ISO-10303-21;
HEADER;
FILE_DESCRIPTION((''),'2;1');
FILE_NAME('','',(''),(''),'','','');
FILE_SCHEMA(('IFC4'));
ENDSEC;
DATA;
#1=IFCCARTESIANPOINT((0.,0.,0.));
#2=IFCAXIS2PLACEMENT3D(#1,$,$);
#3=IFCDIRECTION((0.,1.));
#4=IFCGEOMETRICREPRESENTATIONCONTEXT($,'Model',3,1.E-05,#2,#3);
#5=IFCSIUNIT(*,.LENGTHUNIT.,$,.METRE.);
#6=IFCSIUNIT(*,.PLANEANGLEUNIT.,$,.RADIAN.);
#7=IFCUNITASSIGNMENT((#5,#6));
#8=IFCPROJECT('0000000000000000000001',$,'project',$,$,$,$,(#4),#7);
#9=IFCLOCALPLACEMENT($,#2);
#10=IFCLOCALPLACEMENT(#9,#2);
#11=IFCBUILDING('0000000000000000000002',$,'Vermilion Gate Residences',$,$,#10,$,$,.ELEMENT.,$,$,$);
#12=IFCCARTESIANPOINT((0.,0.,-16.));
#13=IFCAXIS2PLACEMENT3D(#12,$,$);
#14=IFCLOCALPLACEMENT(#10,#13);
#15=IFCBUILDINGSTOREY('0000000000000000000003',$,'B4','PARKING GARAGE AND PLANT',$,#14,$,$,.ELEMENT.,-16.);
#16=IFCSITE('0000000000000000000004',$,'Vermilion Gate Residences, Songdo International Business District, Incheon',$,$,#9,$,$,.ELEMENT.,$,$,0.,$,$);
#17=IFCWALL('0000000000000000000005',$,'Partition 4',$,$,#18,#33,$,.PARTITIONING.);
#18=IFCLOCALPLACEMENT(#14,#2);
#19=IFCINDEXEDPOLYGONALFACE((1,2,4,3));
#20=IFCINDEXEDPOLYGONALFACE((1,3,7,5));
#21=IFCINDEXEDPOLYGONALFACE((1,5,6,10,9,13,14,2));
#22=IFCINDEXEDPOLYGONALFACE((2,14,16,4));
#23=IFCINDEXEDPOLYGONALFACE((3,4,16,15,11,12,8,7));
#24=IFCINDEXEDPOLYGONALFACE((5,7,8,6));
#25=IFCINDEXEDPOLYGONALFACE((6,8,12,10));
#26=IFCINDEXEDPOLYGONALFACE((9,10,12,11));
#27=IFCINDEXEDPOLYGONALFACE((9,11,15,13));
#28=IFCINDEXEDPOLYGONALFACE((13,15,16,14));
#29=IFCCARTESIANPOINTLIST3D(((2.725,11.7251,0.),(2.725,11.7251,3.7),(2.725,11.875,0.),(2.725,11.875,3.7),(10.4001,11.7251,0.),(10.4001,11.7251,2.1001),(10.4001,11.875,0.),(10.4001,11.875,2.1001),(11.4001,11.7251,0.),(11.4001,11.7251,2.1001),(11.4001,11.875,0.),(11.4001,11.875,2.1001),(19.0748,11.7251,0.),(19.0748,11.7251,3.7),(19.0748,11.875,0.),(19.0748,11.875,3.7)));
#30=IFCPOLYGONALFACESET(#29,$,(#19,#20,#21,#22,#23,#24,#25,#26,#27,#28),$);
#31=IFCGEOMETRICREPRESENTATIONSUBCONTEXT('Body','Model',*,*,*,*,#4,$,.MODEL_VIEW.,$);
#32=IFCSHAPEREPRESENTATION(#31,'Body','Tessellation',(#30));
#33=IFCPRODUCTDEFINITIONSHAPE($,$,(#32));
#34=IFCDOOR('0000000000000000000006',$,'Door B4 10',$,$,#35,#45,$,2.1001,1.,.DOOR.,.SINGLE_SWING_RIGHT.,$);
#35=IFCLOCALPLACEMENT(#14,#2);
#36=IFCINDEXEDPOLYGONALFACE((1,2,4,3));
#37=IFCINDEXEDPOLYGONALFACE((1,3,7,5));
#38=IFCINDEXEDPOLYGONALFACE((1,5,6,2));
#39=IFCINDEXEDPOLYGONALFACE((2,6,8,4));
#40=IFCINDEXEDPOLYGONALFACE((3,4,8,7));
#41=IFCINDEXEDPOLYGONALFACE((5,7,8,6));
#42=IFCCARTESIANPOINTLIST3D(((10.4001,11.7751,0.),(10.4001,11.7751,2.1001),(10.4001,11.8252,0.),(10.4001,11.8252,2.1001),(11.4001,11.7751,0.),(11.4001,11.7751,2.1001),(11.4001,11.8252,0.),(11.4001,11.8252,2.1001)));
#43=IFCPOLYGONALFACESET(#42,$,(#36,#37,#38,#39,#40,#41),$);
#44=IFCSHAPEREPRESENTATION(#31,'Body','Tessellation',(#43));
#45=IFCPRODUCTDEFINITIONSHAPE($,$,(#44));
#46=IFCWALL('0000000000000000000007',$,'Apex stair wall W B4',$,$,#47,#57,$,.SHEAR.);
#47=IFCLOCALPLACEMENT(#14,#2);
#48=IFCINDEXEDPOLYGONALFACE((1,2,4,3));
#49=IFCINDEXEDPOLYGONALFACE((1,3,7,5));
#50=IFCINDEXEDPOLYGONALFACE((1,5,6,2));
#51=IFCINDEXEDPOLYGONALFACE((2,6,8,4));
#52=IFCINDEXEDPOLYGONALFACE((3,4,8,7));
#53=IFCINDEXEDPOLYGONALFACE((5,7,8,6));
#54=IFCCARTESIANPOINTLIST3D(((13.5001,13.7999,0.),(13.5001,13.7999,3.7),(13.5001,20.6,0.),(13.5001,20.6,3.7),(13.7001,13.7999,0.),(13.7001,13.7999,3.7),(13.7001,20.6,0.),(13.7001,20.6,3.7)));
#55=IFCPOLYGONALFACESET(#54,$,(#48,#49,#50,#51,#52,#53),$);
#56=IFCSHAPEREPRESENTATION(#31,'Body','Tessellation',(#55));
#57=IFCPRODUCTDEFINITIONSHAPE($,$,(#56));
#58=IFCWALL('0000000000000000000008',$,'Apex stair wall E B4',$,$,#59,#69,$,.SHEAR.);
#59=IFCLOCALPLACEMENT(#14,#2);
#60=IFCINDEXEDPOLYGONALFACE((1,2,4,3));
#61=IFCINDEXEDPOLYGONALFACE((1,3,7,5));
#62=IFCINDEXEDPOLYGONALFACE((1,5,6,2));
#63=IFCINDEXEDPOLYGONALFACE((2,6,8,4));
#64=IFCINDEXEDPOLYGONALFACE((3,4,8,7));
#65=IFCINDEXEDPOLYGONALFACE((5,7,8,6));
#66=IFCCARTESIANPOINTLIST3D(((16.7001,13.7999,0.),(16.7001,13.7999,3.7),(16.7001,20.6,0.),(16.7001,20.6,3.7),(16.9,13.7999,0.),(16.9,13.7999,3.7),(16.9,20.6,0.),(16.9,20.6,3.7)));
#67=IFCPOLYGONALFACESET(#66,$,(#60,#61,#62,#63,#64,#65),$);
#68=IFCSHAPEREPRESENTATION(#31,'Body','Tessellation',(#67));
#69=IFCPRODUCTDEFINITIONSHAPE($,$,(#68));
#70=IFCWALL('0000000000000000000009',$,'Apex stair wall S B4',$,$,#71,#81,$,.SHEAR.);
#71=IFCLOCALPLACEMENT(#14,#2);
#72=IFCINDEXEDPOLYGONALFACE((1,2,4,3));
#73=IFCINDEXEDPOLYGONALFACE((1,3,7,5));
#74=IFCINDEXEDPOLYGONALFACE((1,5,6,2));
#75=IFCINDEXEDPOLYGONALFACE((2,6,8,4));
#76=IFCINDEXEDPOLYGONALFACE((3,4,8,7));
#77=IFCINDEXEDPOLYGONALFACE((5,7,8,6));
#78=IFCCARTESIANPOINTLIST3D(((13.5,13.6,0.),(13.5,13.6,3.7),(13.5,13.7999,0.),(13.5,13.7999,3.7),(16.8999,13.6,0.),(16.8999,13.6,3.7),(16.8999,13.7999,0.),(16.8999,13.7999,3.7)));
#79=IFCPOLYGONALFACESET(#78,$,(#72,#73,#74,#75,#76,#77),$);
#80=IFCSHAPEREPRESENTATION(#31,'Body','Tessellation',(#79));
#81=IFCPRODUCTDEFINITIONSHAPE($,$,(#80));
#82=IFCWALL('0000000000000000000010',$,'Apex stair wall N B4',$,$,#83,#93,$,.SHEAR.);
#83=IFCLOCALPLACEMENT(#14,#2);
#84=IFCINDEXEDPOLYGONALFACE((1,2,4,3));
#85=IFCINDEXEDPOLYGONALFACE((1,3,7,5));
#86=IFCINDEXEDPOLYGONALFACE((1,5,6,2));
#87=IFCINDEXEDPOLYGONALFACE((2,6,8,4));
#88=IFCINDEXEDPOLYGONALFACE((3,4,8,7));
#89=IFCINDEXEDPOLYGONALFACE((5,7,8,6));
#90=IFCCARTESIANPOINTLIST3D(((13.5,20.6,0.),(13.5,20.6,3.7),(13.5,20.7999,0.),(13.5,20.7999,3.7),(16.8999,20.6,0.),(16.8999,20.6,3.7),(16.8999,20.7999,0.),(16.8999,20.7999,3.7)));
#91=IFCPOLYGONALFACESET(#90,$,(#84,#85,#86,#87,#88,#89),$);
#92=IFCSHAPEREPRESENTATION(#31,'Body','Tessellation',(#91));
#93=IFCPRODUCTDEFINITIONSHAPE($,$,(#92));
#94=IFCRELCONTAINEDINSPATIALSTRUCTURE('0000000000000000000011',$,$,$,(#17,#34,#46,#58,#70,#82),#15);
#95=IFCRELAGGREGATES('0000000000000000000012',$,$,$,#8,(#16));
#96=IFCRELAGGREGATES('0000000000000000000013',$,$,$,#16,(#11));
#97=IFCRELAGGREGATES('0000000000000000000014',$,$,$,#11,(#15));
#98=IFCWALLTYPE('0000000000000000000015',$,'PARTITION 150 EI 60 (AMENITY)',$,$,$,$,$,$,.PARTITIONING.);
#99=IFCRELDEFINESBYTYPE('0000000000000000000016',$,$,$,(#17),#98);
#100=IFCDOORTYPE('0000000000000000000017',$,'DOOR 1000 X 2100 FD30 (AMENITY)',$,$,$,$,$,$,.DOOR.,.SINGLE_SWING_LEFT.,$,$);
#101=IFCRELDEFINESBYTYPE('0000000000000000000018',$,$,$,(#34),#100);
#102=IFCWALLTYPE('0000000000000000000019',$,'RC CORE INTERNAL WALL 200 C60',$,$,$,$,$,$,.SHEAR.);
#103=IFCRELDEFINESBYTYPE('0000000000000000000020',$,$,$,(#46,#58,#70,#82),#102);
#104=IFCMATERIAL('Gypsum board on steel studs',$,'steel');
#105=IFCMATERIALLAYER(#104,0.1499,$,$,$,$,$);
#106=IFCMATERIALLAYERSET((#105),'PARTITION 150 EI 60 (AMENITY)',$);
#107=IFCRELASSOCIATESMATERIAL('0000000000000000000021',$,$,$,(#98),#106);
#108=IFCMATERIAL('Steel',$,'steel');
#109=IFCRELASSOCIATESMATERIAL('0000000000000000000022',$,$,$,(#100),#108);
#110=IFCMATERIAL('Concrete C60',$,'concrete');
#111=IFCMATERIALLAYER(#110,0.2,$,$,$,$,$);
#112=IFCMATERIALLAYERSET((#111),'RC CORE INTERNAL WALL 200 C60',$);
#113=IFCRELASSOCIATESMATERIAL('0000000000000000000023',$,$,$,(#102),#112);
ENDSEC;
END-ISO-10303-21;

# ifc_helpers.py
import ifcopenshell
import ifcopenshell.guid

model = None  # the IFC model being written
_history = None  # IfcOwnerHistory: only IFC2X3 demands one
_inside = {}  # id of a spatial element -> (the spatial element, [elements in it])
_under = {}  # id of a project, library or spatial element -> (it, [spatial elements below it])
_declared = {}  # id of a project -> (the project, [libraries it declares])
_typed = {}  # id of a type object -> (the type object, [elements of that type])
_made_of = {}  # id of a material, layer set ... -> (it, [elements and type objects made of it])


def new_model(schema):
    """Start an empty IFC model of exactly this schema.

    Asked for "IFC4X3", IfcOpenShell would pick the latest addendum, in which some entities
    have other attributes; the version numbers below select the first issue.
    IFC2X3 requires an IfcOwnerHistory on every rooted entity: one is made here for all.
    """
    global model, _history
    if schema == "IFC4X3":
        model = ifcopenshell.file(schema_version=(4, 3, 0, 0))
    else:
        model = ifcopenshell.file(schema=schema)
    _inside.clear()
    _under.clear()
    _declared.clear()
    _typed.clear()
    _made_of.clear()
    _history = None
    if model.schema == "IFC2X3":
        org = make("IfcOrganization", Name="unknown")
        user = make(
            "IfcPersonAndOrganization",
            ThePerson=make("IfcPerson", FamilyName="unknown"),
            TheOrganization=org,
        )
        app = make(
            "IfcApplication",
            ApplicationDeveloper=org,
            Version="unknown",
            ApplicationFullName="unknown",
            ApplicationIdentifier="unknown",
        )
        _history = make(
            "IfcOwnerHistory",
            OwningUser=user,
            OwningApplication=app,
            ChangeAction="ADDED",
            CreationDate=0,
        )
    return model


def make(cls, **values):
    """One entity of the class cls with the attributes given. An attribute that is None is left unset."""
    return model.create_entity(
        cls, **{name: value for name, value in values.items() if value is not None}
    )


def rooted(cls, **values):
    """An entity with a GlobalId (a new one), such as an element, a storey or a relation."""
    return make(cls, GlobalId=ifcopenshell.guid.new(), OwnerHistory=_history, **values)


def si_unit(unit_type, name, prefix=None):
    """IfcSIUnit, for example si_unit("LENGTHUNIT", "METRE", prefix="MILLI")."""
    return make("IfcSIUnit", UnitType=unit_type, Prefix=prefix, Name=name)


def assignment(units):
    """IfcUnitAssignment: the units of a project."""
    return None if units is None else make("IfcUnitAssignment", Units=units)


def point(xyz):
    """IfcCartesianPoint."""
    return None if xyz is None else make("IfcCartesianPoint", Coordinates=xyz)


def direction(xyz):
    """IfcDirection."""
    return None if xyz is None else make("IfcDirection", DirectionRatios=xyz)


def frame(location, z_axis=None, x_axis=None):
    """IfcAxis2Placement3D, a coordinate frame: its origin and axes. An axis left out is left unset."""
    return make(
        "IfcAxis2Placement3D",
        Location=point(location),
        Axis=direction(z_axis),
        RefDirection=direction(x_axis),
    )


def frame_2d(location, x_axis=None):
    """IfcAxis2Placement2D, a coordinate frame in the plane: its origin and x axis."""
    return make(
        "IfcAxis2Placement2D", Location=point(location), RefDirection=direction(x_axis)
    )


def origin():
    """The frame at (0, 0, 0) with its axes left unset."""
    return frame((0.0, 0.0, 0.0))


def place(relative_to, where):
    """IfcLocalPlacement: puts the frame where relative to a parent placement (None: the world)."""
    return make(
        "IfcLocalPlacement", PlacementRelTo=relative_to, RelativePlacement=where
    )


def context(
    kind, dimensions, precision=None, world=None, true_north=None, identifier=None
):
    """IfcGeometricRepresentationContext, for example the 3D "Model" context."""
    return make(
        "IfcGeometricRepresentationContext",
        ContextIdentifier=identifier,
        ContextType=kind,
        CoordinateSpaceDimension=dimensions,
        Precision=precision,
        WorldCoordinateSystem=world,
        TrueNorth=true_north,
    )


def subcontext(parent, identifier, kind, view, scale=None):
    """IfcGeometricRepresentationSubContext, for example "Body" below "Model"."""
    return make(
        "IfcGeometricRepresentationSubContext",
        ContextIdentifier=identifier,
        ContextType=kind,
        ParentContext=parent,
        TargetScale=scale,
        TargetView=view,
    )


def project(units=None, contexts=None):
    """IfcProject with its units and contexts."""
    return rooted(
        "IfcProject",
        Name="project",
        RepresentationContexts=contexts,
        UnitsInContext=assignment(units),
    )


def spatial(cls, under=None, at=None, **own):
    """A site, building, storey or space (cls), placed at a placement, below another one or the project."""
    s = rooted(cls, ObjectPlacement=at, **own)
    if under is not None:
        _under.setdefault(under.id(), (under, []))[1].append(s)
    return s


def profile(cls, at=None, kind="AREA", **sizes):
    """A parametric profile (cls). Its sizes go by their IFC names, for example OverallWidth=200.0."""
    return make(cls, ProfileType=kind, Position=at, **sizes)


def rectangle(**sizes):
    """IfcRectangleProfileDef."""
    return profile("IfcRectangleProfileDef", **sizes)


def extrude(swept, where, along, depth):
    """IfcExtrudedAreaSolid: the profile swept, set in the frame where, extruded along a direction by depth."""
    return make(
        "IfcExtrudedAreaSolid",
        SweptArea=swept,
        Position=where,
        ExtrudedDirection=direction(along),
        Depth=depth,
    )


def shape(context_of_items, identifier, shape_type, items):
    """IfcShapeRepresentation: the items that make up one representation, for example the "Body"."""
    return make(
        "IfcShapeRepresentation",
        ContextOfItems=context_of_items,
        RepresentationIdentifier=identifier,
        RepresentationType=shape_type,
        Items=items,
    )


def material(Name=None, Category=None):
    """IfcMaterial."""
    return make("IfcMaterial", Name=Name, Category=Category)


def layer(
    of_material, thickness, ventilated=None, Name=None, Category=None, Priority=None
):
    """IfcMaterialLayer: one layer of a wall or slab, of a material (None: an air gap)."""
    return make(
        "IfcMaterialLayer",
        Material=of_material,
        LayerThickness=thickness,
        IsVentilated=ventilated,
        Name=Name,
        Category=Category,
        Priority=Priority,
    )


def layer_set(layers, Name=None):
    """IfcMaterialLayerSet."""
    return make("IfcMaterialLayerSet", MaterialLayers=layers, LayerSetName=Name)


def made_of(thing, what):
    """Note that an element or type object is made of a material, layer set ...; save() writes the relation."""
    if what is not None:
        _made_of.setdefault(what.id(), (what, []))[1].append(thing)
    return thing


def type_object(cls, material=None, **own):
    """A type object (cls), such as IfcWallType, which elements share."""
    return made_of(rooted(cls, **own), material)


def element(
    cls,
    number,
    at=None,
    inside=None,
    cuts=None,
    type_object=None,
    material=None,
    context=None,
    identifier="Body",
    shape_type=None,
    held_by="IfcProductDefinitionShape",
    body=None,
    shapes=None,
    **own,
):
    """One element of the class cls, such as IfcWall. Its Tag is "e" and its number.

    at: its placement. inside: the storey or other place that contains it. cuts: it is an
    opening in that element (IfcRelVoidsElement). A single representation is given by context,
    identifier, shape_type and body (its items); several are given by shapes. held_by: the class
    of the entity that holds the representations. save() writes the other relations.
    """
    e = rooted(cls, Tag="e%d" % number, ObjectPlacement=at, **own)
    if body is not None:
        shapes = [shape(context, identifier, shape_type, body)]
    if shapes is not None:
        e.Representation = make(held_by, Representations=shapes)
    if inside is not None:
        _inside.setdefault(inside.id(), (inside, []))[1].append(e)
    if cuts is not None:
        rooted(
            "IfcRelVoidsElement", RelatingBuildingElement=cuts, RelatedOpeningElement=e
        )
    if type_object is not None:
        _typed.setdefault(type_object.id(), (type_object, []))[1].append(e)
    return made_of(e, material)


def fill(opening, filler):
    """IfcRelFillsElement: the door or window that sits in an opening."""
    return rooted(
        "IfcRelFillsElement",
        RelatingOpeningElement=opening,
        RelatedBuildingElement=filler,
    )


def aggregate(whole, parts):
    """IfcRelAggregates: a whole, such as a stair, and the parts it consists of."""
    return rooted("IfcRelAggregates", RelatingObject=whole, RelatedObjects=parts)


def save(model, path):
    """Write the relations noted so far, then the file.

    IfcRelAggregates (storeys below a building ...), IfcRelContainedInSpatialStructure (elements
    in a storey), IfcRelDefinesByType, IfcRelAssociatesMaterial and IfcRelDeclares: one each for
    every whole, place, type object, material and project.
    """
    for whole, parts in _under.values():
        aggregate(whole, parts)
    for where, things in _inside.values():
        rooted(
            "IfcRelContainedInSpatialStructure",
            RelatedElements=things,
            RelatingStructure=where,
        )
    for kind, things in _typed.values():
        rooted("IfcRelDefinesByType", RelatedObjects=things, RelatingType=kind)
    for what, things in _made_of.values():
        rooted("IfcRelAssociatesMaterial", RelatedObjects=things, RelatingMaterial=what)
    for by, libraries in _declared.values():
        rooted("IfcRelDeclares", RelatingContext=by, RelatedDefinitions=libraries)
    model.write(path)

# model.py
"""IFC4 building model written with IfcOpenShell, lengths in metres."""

from ifc_helpers import new_model, si_unit, direction, frame, frame_2d, origin, place, context, subcontext, project, spatial, rectangle, extrude, material, layer, layer_set, type_object, element, fill, save


model = new_model("IFC4")

# Units and contexts
model_context = context("Model", 3, precision=1e-05, world=origin(), true_north=direction((0.0, 1.0)))
body_context = subcontext(model_context, "Body", "Model", "MODEL_VIEW")
ifc_project = project(units=[si_unit("LENGTHUNIT", "METRE"), si_unit("PLANEANGLEUNIT", "RADIAN")], contexts=[model_context])

# Site, building, storey
site_placement = place(None, origin())
site = spatial("IfcSite", under=ifc_project, at=site_placement, Name="Vermilion Gate Residences, Songdo International Business District, Incheon", CompositionType="ELEMENT", RefElevation=0.0)
building_placement = place(site_placement, origin())
building = spatial("IfcBuilding", under=site, at=building_placement, Name="Vermilion Gate Residences", CompositionType="ELEMENT")
storey_placement = place(building_placement, frame((0.0, 0.0, -16.0)))
storey = spatial("IfcBuildingStorey", under=building, at=storey_placement, Name="B4", Description="PARKING GARAGE AND PLANT", CompositionType="ELEMENT", Elevation=-16.0)

# Shared definitions
ifc_material_1 = material(Name="Gypsum board on steel studs", Category="steel")
ifc_layer_1 = layer(ifc_material_1, 0.1499)
ifc_layer_set_1 = layer_set([ifc_layer_1], Name="PARTITION 150 EI 60 (AMENITY)")
wall_type_1 = type_object("IfcWallType", Name="PARTITION 150 EI 60 (AMENITY)", PredefinedType="PARTITIONING", material=ifc_layer_set_1)

# Wall, opening, door
wall_1_placement = place(storey_placement, frame((2.7251, 11.8, 0.0), z_axis=(0.0, 0.0, 1.0), x_axis=(1.0, 0.0, 0.0)))
wall_1 = element("IfcWall", 1, at=wall_1_placement, inside=storey, type_object=wall_type_1, Name="Partition 4", PredefinedType="PARTITIONING", context=body_context, shape_type="SweptSolid", body=[
    extrude(rectangle(XDim=16.3499, YDim=0.1499, at=frame_2d((8.1748, 0.0))), origin(), (0.0, 0.0, 1.0), 3.7),
])
opening_placement = place(wall_1_placement, frame((7.675, 0.0, 0.0)))
opening = element("IfcOpeningElement", 2, at=opening_placement, cuts=wall_1, PredefinedType="OPENING", context=body_context, shape_type="SweptSolid", body=[
    extrude(rectangle(XDim=1.0, YDim=2.1001, at=frame_2d((0.5, 1.05))), frame((0.0, 0.085, 0.0), z_axis=(0.0, -1.0, 0.0), x_axis=(1.0, 0.0, 0.0)), (0.0, 0.0, 1.0), 0.1699),
])
ifc_material_2 = material(Name="Steel", Category="steel")
door_type = type_object("IfcDoorType", Name="DOOR 1000 X 2100 FD30 (AMENITY)", OperationType="SINGLE_SWING_LEFT", PredefinedType="DOOR", material=ifc_material_2)
door_placement = place(opening_placement, frame((1.0, 0.0, 0.0), z_axis=(0.0, 0.0, 1.0), x_axis=(-1.0, 0.0, 0.0)))
door = element("IfcDoor", 3, at=door_placement, inside=storey, type_object=door_type, Name="Door B4 10", OperationType="SINGLE_SWING_RIGHT", OverallHeight=2.1001, OverallWidth=1.0, PredefinedType="DOOR", context=body_context, shape_type="SweptSolid", body=[
    extrude(rectangle(XDim=1.0, YDim=2.1001, at=frame_2d((0.5, 1.05))), frame((0.0, 0.0249, 0.0), z_axis=(0.0, -1.0, 0.0), x_axis=(1.0, 0.0, 0.0)), (0.0, 0.0, 1.0), 0.05),
])
fill(opening, door)

# Walls
ifc_material_3 = material(Name="Concrete C60", Category="concrete")
ifc_layer_2 = layer(ifc_material_3, 0.2)
ifc_layer_set_2 = layer_set([ifc_layer_2], Name="RC CORE INTERNAL WALL 200 C60")
wall_type_2 = type_object("IfcWallType", Name="RC CORE INTERNAL WALL 200 C60", PredefinedType="SHEAR", material=ifc_layer_set_2)
for number, where, z_axis, x_axis, name in (
    (4, (13.6001, 13.8, 0.0), (0.0, 0.0, 1.0), (0.0, 1.0, 0.0), "Apex stair wall W B4"),
    (5, (16.8, 13.8, 0.0), (0.0, 0.0, 1.0), (0.0, 1.0, 0.0), "Apex stair wall E B4"),
):
    element("IfcWall", number, at=place(storey_placement, frame(where, z_axis=z_axis, x_axis=x_axis)), inside=storey, type_object=wall_type_2, Name=name, PredefinedType="SHEAR", context=body_context, shape_type="SweptSolid", body=[
        extrude(rectangle(XDim=6.8, YDim=0.2, at=frame_2d((3.3999, 0.0))), origin(), (0.0, 0.0, 1.0), 3.7),
    ])
for number, where, z_axis, x_axis, name in (
    (6, (13.5, 13.7, 0.0), (0.0, 0.0, 1.0), (1.0, 0.0, 0.0), "Apex stair wall S B4"),
    (7, (13.5, 20.7, 0.0), (0.0, 0.0, 1.0), (1.0, 0.0, 0.0), "Apex stair wall N B4"),
):
    element("IfcWall", number, at=place(storey_placement, frame(where, z_axis=z_axis, x_axis=x_axis)), inside=storey, type_object=wall_type_2, Name=name, PredefinedType="SHEAR", context=body_context, shape_type="SweptSolid", body=[
        extrude(rectangle(XDim=3.3999, YDim=0.2, at=frame_2d((1.7, 0.0))), origin(), (0.0, 0.0, 1.0), 3.7),
    ])

save(model, "model.ifc")
